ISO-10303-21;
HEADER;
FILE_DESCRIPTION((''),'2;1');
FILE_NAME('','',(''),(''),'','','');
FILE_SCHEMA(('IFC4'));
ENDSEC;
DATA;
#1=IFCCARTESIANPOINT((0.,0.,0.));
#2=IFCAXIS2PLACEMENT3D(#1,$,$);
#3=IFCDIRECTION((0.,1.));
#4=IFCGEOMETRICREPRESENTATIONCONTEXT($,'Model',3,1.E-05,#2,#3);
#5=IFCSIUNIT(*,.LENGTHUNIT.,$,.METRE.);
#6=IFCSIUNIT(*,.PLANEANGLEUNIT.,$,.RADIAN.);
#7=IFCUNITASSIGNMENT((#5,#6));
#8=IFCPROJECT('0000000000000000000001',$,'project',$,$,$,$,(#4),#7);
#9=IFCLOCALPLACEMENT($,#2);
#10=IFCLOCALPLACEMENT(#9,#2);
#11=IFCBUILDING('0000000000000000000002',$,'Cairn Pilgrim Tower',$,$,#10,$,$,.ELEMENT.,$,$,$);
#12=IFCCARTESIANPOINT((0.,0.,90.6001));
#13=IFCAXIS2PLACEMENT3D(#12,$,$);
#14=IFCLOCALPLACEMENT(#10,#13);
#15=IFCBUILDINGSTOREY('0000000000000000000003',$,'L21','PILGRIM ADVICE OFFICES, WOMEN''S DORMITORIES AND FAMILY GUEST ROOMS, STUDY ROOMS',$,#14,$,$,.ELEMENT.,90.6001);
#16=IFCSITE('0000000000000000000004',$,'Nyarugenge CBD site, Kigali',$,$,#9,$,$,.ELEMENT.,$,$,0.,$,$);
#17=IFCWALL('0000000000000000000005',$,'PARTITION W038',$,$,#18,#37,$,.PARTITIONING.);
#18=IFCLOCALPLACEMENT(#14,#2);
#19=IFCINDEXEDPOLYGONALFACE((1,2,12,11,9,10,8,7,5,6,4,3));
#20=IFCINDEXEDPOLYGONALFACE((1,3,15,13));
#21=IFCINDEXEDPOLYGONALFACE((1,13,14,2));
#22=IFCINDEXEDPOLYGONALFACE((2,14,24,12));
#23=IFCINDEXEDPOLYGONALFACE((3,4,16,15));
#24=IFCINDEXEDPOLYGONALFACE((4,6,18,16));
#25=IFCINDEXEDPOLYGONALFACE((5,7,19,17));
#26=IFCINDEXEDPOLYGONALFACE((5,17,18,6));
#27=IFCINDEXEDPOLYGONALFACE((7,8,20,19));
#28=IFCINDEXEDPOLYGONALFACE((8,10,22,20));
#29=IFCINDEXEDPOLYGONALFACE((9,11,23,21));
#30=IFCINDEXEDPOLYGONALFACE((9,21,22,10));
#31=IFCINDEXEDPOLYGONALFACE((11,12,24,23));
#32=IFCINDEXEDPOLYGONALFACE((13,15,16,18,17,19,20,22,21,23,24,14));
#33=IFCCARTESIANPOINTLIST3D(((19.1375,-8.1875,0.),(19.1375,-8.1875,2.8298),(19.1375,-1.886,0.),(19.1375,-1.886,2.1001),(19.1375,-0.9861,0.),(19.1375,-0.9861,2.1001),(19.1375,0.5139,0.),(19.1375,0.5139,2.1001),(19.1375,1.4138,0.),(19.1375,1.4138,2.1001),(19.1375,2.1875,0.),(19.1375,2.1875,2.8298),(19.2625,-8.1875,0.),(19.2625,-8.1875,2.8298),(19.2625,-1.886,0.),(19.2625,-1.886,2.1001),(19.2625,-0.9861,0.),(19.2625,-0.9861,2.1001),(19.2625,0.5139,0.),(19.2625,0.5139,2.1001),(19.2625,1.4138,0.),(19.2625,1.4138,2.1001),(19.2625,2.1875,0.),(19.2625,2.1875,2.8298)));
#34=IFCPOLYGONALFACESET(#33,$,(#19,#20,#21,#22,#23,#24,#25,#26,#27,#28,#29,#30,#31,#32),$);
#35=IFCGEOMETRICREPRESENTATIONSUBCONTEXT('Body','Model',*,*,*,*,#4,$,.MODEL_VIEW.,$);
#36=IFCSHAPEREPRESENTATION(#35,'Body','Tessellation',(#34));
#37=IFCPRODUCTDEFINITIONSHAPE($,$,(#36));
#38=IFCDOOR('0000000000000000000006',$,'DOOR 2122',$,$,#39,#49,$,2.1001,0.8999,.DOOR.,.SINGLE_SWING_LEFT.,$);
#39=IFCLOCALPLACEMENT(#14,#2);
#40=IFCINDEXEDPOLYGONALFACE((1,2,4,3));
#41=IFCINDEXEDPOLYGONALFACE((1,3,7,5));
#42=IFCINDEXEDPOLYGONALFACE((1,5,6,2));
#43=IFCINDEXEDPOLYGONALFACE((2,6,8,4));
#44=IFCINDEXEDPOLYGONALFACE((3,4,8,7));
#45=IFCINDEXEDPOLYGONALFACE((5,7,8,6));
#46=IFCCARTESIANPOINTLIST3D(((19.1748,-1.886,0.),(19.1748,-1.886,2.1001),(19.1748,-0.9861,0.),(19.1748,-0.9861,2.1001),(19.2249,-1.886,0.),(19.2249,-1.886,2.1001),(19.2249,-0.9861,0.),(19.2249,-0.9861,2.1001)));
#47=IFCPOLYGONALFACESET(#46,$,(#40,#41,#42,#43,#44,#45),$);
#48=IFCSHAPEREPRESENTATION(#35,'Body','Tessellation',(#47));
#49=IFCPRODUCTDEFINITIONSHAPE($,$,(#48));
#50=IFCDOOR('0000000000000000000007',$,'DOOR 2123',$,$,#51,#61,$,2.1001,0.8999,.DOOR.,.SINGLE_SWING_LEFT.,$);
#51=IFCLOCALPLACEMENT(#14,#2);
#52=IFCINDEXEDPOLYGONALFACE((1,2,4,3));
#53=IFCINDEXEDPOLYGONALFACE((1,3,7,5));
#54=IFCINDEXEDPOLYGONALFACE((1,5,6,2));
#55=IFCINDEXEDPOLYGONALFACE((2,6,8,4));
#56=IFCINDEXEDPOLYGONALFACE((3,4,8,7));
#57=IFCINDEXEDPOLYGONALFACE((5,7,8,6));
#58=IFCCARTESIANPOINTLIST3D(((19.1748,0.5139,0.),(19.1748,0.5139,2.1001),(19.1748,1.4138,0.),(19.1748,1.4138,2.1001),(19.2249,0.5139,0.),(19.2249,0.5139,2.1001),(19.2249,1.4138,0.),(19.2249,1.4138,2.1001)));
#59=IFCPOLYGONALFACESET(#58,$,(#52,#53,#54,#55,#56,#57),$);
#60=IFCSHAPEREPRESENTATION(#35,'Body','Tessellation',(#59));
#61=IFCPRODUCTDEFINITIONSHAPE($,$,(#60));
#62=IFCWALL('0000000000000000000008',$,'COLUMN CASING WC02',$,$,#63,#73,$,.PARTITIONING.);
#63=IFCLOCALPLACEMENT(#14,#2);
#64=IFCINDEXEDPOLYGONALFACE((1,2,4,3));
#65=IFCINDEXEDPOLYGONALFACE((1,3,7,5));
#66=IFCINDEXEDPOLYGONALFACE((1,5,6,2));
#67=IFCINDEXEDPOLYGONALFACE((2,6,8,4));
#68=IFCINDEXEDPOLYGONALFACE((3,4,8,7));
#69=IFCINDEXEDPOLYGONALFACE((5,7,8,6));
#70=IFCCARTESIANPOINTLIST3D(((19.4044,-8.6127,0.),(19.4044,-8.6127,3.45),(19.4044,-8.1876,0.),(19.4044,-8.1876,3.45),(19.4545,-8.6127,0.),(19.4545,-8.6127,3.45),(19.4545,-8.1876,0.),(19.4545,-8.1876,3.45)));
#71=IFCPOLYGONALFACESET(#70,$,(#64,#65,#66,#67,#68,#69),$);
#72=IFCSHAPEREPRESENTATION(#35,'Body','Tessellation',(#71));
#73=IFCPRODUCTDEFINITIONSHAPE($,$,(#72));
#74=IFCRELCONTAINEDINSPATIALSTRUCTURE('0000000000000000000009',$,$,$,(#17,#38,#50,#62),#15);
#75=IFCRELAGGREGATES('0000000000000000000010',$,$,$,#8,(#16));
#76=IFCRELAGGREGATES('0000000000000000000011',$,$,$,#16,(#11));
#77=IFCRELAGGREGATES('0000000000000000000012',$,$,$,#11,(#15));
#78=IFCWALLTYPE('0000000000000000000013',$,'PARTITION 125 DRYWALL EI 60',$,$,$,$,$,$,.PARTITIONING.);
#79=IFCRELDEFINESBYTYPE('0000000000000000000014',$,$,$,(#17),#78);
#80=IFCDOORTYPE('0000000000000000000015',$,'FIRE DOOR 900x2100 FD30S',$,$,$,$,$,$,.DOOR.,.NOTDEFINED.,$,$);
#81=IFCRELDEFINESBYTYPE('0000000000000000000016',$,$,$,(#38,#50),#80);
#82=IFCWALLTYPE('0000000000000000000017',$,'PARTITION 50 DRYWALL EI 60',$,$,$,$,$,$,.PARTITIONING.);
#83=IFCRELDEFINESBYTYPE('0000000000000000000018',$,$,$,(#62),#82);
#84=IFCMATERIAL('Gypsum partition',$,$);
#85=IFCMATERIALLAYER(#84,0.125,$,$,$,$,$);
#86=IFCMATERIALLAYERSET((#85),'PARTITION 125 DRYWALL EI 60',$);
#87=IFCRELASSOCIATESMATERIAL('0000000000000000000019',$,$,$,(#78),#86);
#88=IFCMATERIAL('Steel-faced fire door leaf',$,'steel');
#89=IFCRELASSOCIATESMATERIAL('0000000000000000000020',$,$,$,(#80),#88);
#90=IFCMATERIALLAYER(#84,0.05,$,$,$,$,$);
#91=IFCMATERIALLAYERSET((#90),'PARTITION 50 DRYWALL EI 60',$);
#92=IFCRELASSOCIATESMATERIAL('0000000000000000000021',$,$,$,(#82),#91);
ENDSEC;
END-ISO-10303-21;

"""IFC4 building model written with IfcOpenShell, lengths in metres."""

from ifc_helpers import new_model, si_unit, direction, frame, frame_2d, origin, place, context, subcontext, project, spatial, rectangle, extrude, material, layer, layer_set, type_object, element, fill, save


model = new_model("IFC4")

# Units and contexts
model_context = context("Model", 3, precision=1e-05, world=origin(), true_north=direction((0.0, 1.0)))
body_context = subcontext(model_context, "Body", "Model", "MODEL_VIEW")
ifc_project = project(units=[si_unit("LENGTHUNIT", "METRE"), si_unit("PLANEANGLEUNIT", "RADIAN")], contexts=[model_context])

# Site, building, storey
site_placement = place(None, origin())
site = spatial("IfcSite", under=ifc_project, at=site_placement, Name="Nyarugenge CBD site, Kigali", CompositionType="ELEMENT", RefElevation=0.0)
building_placement = place(site_placement, origin())
building = spatial("IfcBuilding", under=site, at=building_placement, Name="Cairn Pilgrim Tower", CompositionType="ELEMENT")
storey_placement = place(building_placement, frame((0.0, 0.0, 90.6001)))
storey = spatial("IfcBuildingStorey", under=building, at=storey_placement, Name="L21", Description="PILGRIM ADVICE OFFICES, WOMEN'S DORMITORIES AND FAMILY GUEST ROOMS, STUDY ROOMS", CompositionType="ELEMENT", Elevation=90.6001)

# Shared definitions
ifc_material_1 = material(Name="Gypsum partition")
ifc_layer_1 = layer(ifc_material_1, 0.125)
ifc_layer_set_1 = layer_set([ifc_layer_1], Name="PARTITION 125 DRYWALL EI 60")
wall_type_1 = type_object("IfcWallType", Name="PARTITION 125 DRYWALL EI 60", PredefinedType="PARTITIONING", material=ifc_layer_set_1)
ifc_material_2 = material(Name="Steel-faced fire door leaf", Category="steel")

# Wall, openings, doors
wall_1_placement = place(storey_placement, frame((19.2, -8.1875, 0.0), z_axis=(0.0, 0.0, 1.0), x_axis=(0.0, 1.0, 0.0)))
wall_1 = element("IfcWall", 1, at=wall_1_placement, inside=storey, type_object=wall_type_1, Name="PARTITION W038", PredefinedType="PARTITIONING", context=body_context, shape_type="SweptSolid", body=[
    extrude(rectangle(XDim=10.375, YDim=0.125, at=frame_2d((5.1875, 0.0))), origin(), (0.0, 0.0, 1.0), 2.8298),
])
opening_1_placement = place(wall_1_placement, frame((6.3015, 0.0, 0.0)))
opening_1 = element("IfcOpeningElement", 2, at=opening_1_placement, cuts=wall_1, PredefinedType="OPENING", context=body_context, shape_type="SweptSolid", body=[
    extrude(rectangle(XDim=0.8999, YDim=2.1001, at=frame_2d((0.45, 1.05))), frame((0.0, 0.0725, 0.0), z_axis=(0.0, -1.0, 0.0), x_axis=(1.0, 0.0, 0.0)), (0.0, 0.0, 1.0), 0.145),
])
opening_2_placement = place(wall_1_placement, frame((8.7014, 0.0, 0.0)))
opening_2 = element("IfcOpeningElement", 3, at=opening_2_placement, cuts=wall_1, PredefinedType="OPENING", context=body_context, shape_type="SweptSolid", body=[
    extrude(rectangle(XDim=0.8999, YDim=2.1001, at=frame_2d((0.45, 1.05))), frame((0.0, 0.0725, 0.0), z_axis=(0.0, -1.0, 0.0), x_axis=(1.0, 0.0, 0.0)), (0.0, 0.0, 1.0), 0.145),
])
door_type_1 = type_object("IfcDoorType", Name="FIRE DOOR 900x2100 FD30S", OperationType="NOTDEFINED", PredefinedType="DOOR", material=ifc_material_2)
door_1_placement = place(opening_1_placement, frame((0.8999, 0.0, 0.0), z_axis=(0.0, 0.0, 1.0), x_axis=(-1.0, 0.0, 0.0)))
door_1 = element("IfcDoor", 4, at=door_1_placement, inside=storey, type_object=door_type_1, Name="DOOR 2122", OperationType="SINGLE_SWING_LEFT", OverallHeight=2.1001, OverallWidth=0.8999, PredefinedType="DOOR", context=body_context, shape_type="SweptSolid", body=[
    extrude(rectangle(XDim=0.8999, YDim=2.1001, at=frame_2d((0.45, 1.05))), frame((0.0, 0.0249, 0.0), z_axis=(0.0, -1.0, 0.0), x_axis=(1.0, 0.0, 0.0)), (0.0, 0.0, 1.0), 0.05),
])
fill(opening_1, door_1)
door_2_placement = place(opening_2_placement, frame((0.8999, 0.0, 0.0), z_axis=(0.0, 0.0, 1.0), x_axis=(-1.0, 0.0, 0.0)))
door_2 = element("IfcDoor", 5, at=door_2_placement, inside=storey, type_object=door_type_1, Name="DOOR 2123", OperationType="SINGLE_SWING_LEFT", OverallHeight=2.1001, OverallWidth=0.8999, PredefinedType="DOOR", context=body_context, shape_type="SweptSolid", body=[
    extrude(rectangle(XDim=0.8999, YDim=2.1001, at=frame_2d((0.45, 1.05))), frame((0.0, 0.0249, 0.0), z_axis=(0.0, -1.0, 0.0), x_axis=(1.0, 0.0, 0.0)), (0.0, 0.0, 1.0), 0.05),
])
fill(opening_2, door_2)

# Wall
ifc_layer_2 = layer(ifc_material_1, 0.05)
ifc_layer_set_2 = layer_set([ifc_layer_2], Name="PARTITION 50 DRYWALL EI 60")
wall_type_2 = type_object("IfcWallType", Name="PARTITION 50 DRYWALL EI 60", PredefinedType="PARTITIONING", material=ifc_layer_set_2)
wall_2_placement = place(storey_placement, frame((19.4294, -8.6125, 0.0), z_axis=(0.0, 0.0, 1.0), x_axis=(0.0, 1.0, 0.0)))
element("IfcWall", 6, at=wall_2_placement, inside=storey, type_object=wall_type_2, Name="COLUMN CASING WC02", PredefinedType="PARTITIONING", context=body_context, shape_type="SweptSolid", body=[
    extrude(rectangle(XDim=0.425, YDim=0.05, at=frame_2d((0.2124, 0.0))), origin(), (0.0, 0.0, 1.0), 3.45),
])

save(model, "model.ifc")
